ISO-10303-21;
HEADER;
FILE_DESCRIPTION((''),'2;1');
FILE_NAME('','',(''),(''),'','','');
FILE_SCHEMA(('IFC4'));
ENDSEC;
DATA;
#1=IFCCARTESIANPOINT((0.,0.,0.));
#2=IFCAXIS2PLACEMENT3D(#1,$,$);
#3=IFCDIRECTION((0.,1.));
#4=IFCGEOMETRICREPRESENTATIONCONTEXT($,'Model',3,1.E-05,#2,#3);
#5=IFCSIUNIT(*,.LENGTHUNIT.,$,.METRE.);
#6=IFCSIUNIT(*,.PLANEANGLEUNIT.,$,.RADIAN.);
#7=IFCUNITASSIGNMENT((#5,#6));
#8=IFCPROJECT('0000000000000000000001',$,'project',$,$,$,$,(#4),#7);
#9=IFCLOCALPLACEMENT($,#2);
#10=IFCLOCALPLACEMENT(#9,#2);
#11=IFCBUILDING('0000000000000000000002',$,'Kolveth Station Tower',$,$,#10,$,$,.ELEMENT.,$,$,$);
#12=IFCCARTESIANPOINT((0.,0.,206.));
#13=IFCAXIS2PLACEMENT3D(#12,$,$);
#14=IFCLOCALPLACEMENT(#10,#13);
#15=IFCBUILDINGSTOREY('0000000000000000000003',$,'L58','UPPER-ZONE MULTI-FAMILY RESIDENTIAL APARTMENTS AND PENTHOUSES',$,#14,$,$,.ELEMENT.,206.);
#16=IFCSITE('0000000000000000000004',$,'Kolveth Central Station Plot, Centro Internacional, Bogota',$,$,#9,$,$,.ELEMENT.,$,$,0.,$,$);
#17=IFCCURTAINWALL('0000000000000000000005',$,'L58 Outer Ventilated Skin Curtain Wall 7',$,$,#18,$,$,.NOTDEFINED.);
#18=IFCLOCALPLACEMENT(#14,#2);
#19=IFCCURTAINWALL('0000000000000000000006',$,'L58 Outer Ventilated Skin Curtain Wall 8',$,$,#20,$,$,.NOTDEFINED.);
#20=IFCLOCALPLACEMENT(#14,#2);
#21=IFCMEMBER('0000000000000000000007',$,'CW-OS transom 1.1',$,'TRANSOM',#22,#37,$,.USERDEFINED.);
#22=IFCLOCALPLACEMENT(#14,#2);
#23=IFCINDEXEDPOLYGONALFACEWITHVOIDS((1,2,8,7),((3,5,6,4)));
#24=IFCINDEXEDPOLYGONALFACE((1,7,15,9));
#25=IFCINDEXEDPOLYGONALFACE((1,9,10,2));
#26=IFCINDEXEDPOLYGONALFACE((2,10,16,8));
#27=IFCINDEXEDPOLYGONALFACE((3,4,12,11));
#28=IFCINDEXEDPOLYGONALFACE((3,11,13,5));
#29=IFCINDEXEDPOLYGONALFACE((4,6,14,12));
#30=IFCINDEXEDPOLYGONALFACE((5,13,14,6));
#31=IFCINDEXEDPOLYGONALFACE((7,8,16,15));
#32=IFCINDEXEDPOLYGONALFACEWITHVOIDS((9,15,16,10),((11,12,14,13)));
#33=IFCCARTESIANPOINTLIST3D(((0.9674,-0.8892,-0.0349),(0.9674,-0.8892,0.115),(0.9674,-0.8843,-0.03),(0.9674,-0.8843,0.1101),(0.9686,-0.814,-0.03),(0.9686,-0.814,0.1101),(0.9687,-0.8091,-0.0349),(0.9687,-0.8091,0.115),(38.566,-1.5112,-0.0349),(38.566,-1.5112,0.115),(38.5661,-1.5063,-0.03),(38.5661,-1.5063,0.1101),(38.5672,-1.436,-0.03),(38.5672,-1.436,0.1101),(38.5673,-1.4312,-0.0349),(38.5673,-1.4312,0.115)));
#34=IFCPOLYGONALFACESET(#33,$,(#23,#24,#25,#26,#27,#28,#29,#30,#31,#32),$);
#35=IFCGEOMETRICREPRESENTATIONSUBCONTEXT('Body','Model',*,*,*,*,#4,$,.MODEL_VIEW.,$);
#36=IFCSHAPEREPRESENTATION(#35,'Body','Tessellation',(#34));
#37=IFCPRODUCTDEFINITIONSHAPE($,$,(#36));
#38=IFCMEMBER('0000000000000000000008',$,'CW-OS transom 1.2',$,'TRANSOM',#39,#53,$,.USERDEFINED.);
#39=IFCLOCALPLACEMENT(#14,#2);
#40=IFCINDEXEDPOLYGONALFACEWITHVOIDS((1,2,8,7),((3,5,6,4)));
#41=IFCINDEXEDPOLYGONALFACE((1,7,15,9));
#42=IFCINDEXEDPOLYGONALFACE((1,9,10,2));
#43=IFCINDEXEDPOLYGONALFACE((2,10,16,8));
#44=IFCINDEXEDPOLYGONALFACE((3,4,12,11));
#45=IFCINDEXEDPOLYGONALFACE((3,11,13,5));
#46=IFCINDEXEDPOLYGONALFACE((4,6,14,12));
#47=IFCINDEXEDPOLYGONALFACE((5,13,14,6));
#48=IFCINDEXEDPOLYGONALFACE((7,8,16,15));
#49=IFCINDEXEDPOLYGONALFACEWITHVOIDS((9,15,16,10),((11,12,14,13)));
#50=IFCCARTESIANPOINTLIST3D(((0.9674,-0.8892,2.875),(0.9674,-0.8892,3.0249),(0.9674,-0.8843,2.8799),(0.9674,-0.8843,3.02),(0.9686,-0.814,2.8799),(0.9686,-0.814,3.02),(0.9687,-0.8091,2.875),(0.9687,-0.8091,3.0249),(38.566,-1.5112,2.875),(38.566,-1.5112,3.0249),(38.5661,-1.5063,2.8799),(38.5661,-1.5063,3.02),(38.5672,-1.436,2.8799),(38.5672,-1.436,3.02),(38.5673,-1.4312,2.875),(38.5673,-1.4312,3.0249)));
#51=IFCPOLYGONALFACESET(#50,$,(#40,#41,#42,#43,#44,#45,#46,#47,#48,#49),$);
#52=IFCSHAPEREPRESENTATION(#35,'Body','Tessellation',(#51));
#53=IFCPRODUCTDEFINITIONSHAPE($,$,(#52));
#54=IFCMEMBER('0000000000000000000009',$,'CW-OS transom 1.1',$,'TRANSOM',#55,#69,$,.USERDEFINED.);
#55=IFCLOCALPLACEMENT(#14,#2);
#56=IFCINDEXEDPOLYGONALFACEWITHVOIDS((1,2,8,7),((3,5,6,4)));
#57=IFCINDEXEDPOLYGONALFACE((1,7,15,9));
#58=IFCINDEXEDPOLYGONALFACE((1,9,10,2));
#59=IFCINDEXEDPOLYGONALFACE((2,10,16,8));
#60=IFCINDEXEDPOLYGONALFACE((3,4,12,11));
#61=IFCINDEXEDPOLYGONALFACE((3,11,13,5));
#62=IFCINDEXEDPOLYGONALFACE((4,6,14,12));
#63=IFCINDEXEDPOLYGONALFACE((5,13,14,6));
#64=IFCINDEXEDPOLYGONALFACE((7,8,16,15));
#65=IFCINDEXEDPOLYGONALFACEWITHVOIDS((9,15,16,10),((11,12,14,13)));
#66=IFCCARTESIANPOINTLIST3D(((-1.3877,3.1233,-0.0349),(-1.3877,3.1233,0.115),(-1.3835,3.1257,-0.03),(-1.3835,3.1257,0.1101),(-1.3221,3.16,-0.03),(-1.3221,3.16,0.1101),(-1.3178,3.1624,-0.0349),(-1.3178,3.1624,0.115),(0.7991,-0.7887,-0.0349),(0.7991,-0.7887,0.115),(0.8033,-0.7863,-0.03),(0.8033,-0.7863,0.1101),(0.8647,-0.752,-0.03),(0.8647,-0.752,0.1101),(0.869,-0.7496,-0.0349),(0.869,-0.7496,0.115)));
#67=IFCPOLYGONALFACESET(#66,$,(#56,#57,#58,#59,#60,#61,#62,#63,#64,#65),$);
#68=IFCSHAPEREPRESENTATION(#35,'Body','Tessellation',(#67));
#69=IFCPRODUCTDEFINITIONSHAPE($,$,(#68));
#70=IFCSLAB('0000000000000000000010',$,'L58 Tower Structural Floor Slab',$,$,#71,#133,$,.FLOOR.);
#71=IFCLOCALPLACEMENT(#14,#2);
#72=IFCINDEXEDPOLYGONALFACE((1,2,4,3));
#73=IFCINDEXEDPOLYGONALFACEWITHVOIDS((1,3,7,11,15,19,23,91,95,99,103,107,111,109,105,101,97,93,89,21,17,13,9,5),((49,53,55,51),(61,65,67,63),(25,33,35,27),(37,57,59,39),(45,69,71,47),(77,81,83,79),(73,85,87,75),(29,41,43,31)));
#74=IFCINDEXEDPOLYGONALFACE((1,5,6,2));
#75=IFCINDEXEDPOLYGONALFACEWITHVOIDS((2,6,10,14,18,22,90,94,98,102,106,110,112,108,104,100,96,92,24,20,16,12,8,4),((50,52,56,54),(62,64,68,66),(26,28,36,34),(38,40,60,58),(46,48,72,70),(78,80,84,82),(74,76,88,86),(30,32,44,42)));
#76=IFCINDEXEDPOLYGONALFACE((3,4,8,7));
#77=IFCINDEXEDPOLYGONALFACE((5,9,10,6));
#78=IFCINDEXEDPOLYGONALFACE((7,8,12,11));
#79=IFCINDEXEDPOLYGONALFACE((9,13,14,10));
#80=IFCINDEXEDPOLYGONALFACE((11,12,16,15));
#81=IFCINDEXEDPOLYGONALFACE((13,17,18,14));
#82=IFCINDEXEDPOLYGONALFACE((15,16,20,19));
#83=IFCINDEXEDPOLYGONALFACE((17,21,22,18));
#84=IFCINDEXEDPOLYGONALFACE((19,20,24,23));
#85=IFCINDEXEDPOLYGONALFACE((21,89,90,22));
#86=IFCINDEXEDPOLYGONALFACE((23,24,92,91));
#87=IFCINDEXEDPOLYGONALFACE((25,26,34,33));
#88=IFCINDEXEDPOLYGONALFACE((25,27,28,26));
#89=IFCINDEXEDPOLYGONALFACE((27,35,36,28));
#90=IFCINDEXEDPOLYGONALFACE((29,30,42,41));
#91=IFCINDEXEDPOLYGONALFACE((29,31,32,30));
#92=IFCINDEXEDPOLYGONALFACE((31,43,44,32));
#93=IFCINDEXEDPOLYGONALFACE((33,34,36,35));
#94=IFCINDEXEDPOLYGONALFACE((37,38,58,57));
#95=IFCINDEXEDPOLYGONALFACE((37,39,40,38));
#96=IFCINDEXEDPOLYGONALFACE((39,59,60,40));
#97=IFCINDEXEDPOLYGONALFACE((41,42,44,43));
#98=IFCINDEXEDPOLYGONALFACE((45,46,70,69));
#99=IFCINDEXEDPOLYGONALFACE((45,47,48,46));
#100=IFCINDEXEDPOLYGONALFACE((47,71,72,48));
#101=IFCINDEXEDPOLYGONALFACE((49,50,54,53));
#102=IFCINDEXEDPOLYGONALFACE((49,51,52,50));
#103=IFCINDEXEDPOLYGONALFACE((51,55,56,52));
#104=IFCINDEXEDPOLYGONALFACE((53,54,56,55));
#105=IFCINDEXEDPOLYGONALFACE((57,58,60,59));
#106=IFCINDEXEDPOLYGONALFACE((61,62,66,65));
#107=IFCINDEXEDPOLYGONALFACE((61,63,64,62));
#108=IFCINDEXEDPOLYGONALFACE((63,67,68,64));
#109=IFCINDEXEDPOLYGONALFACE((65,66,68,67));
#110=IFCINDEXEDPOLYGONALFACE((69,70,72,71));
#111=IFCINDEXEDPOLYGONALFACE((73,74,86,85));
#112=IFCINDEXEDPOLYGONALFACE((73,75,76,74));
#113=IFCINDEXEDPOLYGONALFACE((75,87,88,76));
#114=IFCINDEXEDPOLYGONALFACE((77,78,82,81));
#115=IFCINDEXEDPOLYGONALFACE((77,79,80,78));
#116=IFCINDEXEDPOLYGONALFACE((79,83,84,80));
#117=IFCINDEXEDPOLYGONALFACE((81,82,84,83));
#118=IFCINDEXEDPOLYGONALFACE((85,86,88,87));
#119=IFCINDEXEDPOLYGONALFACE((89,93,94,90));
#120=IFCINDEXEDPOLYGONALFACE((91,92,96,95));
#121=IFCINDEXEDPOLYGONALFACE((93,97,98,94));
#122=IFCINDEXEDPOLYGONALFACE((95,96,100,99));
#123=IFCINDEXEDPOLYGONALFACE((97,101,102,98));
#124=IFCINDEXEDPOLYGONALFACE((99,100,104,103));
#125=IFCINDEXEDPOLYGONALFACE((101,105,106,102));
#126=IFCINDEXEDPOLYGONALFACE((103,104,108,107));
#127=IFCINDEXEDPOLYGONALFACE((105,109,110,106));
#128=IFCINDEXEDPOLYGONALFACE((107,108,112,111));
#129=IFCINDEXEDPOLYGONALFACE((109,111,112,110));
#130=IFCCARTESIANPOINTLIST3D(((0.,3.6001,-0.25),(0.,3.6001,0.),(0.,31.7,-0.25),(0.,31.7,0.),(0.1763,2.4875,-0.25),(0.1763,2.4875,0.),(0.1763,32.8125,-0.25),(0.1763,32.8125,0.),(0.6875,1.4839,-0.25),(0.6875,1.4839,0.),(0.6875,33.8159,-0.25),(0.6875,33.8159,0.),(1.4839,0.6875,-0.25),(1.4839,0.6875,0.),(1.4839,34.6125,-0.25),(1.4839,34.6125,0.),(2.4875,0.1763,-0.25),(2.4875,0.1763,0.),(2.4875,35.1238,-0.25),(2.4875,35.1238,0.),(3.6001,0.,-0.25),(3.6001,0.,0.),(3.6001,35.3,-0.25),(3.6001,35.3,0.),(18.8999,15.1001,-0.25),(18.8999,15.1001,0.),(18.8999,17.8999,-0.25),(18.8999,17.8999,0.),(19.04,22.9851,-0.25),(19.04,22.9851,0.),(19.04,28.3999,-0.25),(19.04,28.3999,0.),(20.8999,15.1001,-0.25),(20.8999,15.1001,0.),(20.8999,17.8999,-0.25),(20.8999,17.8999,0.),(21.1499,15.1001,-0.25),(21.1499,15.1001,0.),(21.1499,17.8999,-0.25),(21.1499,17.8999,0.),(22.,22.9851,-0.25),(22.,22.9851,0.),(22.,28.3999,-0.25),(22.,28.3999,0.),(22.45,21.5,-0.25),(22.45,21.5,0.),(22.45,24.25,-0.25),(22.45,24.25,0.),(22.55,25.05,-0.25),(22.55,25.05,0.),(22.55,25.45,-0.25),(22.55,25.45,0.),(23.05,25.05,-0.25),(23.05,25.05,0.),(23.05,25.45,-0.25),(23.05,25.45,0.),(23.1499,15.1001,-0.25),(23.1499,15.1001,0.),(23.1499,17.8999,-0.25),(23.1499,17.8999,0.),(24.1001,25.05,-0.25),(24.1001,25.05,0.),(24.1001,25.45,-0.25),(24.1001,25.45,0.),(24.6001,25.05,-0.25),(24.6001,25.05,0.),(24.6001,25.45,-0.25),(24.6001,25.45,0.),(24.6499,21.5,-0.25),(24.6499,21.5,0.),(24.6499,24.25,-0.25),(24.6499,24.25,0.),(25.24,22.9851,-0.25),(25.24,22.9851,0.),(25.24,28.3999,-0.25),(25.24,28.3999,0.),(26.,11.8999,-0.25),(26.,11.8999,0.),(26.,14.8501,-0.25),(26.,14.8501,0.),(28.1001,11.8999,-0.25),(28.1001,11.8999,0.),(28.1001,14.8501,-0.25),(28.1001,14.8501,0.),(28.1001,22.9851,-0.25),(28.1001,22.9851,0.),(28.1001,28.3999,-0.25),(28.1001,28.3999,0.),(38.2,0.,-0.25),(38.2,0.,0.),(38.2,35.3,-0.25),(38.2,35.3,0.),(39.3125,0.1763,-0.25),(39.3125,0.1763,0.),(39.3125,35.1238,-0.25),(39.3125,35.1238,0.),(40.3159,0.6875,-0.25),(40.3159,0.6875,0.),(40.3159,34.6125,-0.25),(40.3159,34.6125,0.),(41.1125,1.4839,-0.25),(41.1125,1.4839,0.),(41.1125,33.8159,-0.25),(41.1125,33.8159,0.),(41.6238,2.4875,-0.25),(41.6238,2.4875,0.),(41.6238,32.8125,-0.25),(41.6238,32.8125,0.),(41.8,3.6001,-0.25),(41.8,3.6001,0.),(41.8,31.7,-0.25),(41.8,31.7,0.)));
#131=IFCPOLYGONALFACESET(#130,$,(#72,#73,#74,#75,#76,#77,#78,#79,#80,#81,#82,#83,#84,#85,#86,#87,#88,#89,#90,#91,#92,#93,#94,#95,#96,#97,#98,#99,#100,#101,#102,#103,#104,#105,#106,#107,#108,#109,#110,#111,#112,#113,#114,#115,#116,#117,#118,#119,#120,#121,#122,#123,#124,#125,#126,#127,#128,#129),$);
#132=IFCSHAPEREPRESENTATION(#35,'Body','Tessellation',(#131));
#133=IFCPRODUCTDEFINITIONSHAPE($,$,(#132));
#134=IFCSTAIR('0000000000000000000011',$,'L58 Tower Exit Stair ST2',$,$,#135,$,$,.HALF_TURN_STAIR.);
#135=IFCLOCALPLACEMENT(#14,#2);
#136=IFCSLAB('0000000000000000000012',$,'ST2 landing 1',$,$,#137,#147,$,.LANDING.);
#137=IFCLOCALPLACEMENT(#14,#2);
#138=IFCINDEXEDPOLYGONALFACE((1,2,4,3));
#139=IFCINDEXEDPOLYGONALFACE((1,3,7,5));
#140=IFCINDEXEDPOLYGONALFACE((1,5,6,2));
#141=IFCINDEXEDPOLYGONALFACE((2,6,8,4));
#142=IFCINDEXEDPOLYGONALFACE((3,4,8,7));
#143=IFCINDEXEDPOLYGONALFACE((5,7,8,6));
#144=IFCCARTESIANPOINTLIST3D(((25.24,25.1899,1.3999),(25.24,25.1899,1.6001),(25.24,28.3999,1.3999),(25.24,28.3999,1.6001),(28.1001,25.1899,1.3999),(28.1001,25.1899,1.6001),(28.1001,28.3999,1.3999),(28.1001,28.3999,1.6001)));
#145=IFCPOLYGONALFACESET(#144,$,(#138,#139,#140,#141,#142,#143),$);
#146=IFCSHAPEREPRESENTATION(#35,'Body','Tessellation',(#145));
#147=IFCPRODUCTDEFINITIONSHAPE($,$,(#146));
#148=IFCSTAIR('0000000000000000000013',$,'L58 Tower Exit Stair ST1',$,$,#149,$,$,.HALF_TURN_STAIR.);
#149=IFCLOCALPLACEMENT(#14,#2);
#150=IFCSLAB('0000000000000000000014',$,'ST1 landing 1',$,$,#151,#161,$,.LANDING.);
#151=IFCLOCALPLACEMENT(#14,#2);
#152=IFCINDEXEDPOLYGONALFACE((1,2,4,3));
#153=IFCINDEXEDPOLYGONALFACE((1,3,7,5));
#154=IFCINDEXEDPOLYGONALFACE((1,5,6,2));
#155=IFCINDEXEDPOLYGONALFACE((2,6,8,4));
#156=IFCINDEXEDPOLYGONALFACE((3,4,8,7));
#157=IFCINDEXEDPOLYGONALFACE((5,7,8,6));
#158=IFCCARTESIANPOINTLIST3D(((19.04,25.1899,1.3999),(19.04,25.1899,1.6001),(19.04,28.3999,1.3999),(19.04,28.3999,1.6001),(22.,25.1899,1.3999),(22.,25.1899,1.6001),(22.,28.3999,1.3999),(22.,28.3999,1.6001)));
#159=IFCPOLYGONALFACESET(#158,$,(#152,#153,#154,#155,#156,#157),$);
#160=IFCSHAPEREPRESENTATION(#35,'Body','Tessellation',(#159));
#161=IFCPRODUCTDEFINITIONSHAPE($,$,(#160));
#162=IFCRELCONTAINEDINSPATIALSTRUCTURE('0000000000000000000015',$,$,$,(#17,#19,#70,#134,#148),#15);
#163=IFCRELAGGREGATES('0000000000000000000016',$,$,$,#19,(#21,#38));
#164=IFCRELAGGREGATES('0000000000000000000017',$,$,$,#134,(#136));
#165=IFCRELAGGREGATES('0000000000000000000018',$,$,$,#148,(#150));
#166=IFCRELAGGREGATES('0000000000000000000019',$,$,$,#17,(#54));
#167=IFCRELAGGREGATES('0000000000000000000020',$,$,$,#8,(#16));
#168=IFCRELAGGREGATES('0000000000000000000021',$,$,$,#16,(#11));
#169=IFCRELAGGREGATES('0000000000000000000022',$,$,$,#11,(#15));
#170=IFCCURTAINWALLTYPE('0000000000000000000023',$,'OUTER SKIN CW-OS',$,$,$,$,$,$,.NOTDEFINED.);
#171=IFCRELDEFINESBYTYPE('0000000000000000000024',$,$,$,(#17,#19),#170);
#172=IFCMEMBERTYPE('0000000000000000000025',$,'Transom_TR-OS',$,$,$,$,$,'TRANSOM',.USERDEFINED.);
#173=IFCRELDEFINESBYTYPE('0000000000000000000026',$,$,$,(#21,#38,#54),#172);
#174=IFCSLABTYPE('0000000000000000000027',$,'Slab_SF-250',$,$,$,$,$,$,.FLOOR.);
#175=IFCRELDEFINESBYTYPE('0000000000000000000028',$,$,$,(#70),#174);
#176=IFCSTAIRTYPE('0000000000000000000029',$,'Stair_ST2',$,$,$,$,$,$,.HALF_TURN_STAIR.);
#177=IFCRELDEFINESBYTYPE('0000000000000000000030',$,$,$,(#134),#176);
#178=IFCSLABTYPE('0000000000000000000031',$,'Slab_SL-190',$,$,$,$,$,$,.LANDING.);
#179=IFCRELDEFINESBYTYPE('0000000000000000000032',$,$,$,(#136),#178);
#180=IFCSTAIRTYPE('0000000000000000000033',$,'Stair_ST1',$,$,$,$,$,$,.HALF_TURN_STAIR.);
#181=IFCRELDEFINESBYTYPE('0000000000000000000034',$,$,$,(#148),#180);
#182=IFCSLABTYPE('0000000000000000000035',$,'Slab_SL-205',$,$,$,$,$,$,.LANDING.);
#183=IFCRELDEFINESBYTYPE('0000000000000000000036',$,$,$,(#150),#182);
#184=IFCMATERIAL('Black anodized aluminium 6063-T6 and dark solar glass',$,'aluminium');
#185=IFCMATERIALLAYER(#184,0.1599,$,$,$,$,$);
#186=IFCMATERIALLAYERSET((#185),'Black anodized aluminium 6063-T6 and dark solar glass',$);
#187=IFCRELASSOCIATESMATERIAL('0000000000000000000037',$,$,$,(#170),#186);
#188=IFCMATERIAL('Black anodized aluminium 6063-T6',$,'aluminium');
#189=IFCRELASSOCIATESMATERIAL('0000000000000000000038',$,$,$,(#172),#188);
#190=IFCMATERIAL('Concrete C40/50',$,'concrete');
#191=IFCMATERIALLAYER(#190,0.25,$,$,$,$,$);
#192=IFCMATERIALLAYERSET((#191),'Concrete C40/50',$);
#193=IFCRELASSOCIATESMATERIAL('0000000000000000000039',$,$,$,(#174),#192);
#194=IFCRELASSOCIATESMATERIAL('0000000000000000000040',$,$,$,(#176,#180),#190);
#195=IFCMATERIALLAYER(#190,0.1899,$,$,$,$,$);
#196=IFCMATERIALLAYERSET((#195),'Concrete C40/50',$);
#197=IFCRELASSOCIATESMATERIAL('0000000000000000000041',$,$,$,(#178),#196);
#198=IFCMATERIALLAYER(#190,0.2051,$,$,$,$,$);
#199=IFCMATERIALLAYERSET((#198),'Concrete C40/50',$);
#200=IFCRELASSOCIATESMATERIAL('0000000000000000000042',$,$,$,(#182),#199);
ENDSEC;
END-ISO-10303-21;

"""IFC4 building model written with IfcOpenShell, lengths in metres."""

from ifc_helpers import new_model, si_unit, direction, frame, origin, origin_2d, place, context, subcontext, project, spatial, polyline, hollow_rectangle, outline, extrude, source, transform, mapped, material, layer, layer_set, material_profile, profile_set, type_object, element, aggregate, save


model = new_model("IFC4")

# Units and contexts
model_context = context("Model", 3, precision=1e-05, world=origin(), true_north=direction((0.0, 1.0)))
body_context = subcontext(model_context, "Body", "Model", "MODEL_VIEW")
ifc_project = project(units=[si_unit("LENGTHUNIT", "METRE"), si_unit("PLANEANGLEUNIT", "RADIAN")], contexts=[model_context])

# Site, building, storey
site_placement = place(None, origin())
site = spatial("IfcSite", under=ifc_project, at=site_placement, Name="Kolveth Central Station Plot, Centro Internacional, Bogota", CompositionType="ELEMENT", RefElevation=0.0)
building_placement = place(site_placement, origin())
building = spatial("IfcBuilding", under=site, at=building_placement, Name="Kolveth Station Tower", CompositionType="ELEMENT")
storey_placement = place(building_placement, frame((0.0, 0.0, 206.0)))
storey = spatial("IfcBuildingStorey", under=building, at=storey_placement, Name="L58", Description="UPPER-ZONE MULTI-FAMILY RESIDENTIAL APARTMENTS AND PENTHOUSES", CompositionType="ELEMENT", Elevation=206.0)

# Shared definitions
ifc_material_1 = material(Name="Black anodized aluminium 6063-T6", Category="aluminium")

# Curtain walls
ifc_material_2 = material(Name="Black anodized aluminium 6063-T6 and dark solar glass", Category="aluminium")
ifc_layer_1 = layer(ifc_material_2, 0.1599)
ifc_layer_set_1 = layer_set([ifc_layer_1], Name="Black anodized aluminium 6063-T6 and dark solar glass")
curtain_wall_type_1 = type_object("IfcCurtainWallType", Name="OUTER SKIN CW-OS", PredefinedType="NOTDEFINED", material=ifc_layer_set_1)
curtain_wall_1_placement = place(storey_placement, origin())
curtain_wall_1 = element("IfcCurtainWall", 1, at=curtain_wall_1_placement, inside=storey, type_object=curtain_wall_type_1, Name="L58 Outer Ventilated Skin Curtain Wall 7", PredefinedType="NOTDEFINED")
curtain_wall_2_placement = place(storey_placement, origin())
curtain_wall_2 = element("IfcCurtainWall", 2, at=curtain_wall_2_placement, inside=storey, type_object=curtain_wall_type_1, Name="L58 Outer Ventilated Skin Curtain Wall 8", PredefinedType="NOTDEFINED")

# Members
ifc_material_profile_1 = material_profile(ifc_material_1, hollow_rectangle(XDim=0.0801, YDim=0.1499, WallThickness=0.0049, at=origin_2d()), Name="ALU-80x150x5")
ifc_profile_set_1 = profile_set([ifc_material_profile_1], Name="Black anodized aluminium 6063-T6")
member_type_1 = type_object("IfcMemberType", Name="Transom_TR-OS", ElementType="TRANSOM", PredefinedType="USERDEFINED", material=ifc_profile_set_1)
shared_shape_1 = source(origin(), body_context, "Body", "SweptSolid", [
    extrude(hollow_rectangle(XDim=0.0801, YDim=0.1499, WallThickness=0.0049, at=origin_2d()), origin(), (0.0, 0.0, 1.0), 37.6038),
])
member_1_placement = place(storey_placement, frame((0.968, -0.8491, 0.04), z_axis=(0.999863, -0.016543, 0.0), x_axis=(0.016543, 0.999863, 0.0)))
member_1 = element("IfcMember", 3, at=member_1_placement, type_object=member_type_1, Name="CW-OS transom 1.1", ObjectType="TRANSOM", PredefinedType="USERDEFINED", context=body_context, shape_type="MappedRepresentation", body=[
    mapped(shared_shape_1, transform((0.0, 0.0, 0.0), x_axis=(1.0, 0.0, 0.0), y_axis=(0.0, 1.0, 0.0), z_axis=(0.0, 0.0, 1.0), scale=1.0)),
])
member_2_placement = place(storey_placement, frame((0.968, -0.8491, 2.95), z_axis=(0.999863, -0.016543, 0.0), x_axis=(0.016543, 0.999863, 0.0)))
member_2 = element("IfcMember", 4, at=member_2_placement, type_object=member_type_1, Name="CW-OS transom 1.2", ObjectType="TRANSOM", PredefinedType="USERDEFINED", context=body_context, shape_type="MappedRepresentation", body=[
    mapped(shared_shape_1, transform((0.0, 0.0, 0.0), x_axis=(1.0, 0.0, 0.0), y_axis=(0.0, 1.0, 0.0), z_axis=(0.0, 0.0, 1.0), scale=1.0)),
])
aggregate(curtain_wall_2, [member_1, member_2])
shared_shape_2 = source(origin(), body_context, "Body", "SweptSolid", [
    extrude(hollow_rectangle(XDim=0.0801, YDim=0.1499, WallThickness=0.0049, at=origin_2d()), origin(), (0.0, 0.0, 1.0), 4.4817),
])
member_3_placement = place(storey_placement, frame((-1.3528, 3.1428, 0.04), z_axis=(0.487945, -0.872875, 0.0), x_axis=(0.872875, 0.487945, 0.0)))
member_3 = element("IfcMember", 5, at=member_3_placement, type_object=member_type_1, Name="CW-OS transom 1.1", ObjectType="TRANSOM", PredefinedType="USERDEFINED", context=body_context, shape_type="MappedRepresentation", body=[
    mapped(shared_shape_2, transform((0.0, 0.0, 0.0), x_axis=(1.0, 0.0, 0.0), y_axis=(0.0, 1.0, 0.0), z_axis=(0.0, 0.0, 1.0), scale=1.0)),
])

# Slab
ifc_material_3 = material(Name="Concrete C40/50", Category="concrete")
ifc_layer_2 = layer(ifc_material_3, 0.25)
ifc_layer_set_2 = layer_set([ifc_layer_2], Name="Concrete C40/50")
slab_type_1 = type_object("IfcSlabType", Name="Slab_SF-250", PredefinedType="FLOOR", material=ifc_layer_set_2)
slab_1_placement = place(storey_placement, frame((0.0, 0.0, -0.25)))
element("IfcSlab", 6, at=slab_1_placement, inside=storey, type_object=slab_type_1, Name="L58 Tower Structural Floor Slab", PredefinedType="FLOOR", context=body_context, shape_type="SweptSolid", body=[
    extrude(outline(polyline([(38.2, 0.0), (39.3125, 0.1763), (40.3159, 0.6875), (41.1125, 1.4839), (41.6238, 2.4875), (41.8, 3.6001), (41.8, 31.7), (41.6238, 32.8125), (41.1125, 33.8159), (40.3159, 34.6125), (39.3125, 35.1238), (38.2, 35.3), (3.6001, 35.3), (2.4875, 35.1238), (1.4839, 34.6125), (0.6875, 33.8159), (0.1763, 32.8125), (0.0, 31.7), (0.0, 3.6001), (0.1763, 2.4875), (0.6875, 1.4839), (1.4839, 0.6875), (2.4875, 0.1763), (3.6001, 0.0), (38.2, 0.0)]), holes=[polyline([(19.04, 22.9851), (22.0, 22.9851), (22.0, 28.3999), (19.04, 28.3999), (19.04, 22.9851)]), polyline([(25.24, 22.9851), (28.1001, 22.9851), (28.1001, 28.3999), (25.24, 28.3999), (25.24, 22.9851)]), polyline([(18.8999, 15.1001), (20.8999, 15.1001), (20.8999, 17.8999), (18.8999, 17.8999), (18.8999, 15.1001)]), polyline([(21.1499, 15.1001), (23.1499, 15.1001), (23.1499, 17.8999), (21.1499, 17.8999), (21.1499, 15.1001)]), polyline([(22.45, 21.5), (24.6499, 21.5), (24.6499, 24.25), (22.45, 24.25), (22.45, 21.5)]), polyline([(26.0, 11.8999), (28.1001, 11.8999), (28.1001, 14.8501), (26.0, 14.8501), (26.0, 11.8999)]), polyline([(22.55, 25.05), (23.05, 25.05), (23.05, 25.45), (22.55, 25.45), (22.55, 25.05)]), polyline([(24.1001, 25.05), (24.6001, 25.05), (24.6001, 25.45), (24.1001, 25.45), (24.1001, 25.05)])]), origin(), (0.0, 0.0, 1.0), 0.25),
])

# Stairs, slabs
stair_type_1 = type_object("IfcStairType", Name="Stair_ST2", PredefinedType="HALF_TURN_STAIR", material=ifc_material_3)
stair_1_placement = place(storey_placement, origin())
stair_1 = element("IfcStair", 7, at=stair_1_placement, inside=storey, type_object=stair_type_1, Name="L58 Tower Exit Stair ST2", PredefinedType="HALF_TURN_STAIR")
ifc_layer_3 = layer(ifc_material_3, 0.1899)
ifc_layer_set_3 = layer_set([ifc_layer_3], Name="Concrete C40/50")
slab_type_2 = type_object("IfcSlabType", Name="Slab_SL-190", PredefinedType="LANDING", material=ifc_layer_set_3)
slab_2_placement = place(storey_placement, frame((0.0, 0.0, 1.3999)))
slab_2 = element("IfcSlab", 8, at=slab_2_placement, type_object=slab_type_2, Name="ST2 landing 1", PredefinedType="LANDING", context=body_context, shape_type="SweptSolid", body=[
    extrude(outline(polyline([(28.1001, 25.1899), (28.1001, 28.3999), (25.24, 28.3999), (25.24, 25.1899), (28.1001, 25.1899)])), origin(), (0.0, 0.0, 1.0), 0.2002),
])
aggregate(stair_1, [slab_2])
stair_type_2 = type_object("IfcStairType", Name="Stair_ST1", PredefinedType="HALF_TURN_STAIR", material=ifc_material_3)
stair_2_placement = place(storey_placement, origin())
stair_2 = element("IfcStair", 9, at=stair_2_placement, inside=storey, type_object=stair_type_2, Name="L58 Tower Exit Stair ST1", PredefinedType="HALF_TURN_STAIR")
ifc_layer_4 = layer(ifc_material_3, 0.2051)
ifc_layer_set_4 = layer_set([ifc_layer_4], Name="Concrete C40/50")
slab_type_3 = type_object("IfcSlabType", Name="Slab_SL-205", PredefinedType="LANDING", material=ifc_layer_set_4)
slab_3_placement = place(storey_placement, frame((0.0, 0.0, 1.3999)))
slab_3 = element("IfcSlab", 10, at=slab_3_placement, type_object=slab_type_3, Name="ST1 landing 1", PredefinedType="LANDING", context=body_context, shape_type="SweptSolid", body=[
    extrude(outline(polyline([(22.0, 25.1899), (22.0, 28.3999), (19.04, 28.3999), (19.04, 25.1899), (22.0, 25.1899)])), origin(), (0.0, 0.0, 1.0), 0.2002),
])
aggregate(stair_2, [slab_3])

aggregate(curtain_wall_1, [member_3])

save(model, "model.ifc")
